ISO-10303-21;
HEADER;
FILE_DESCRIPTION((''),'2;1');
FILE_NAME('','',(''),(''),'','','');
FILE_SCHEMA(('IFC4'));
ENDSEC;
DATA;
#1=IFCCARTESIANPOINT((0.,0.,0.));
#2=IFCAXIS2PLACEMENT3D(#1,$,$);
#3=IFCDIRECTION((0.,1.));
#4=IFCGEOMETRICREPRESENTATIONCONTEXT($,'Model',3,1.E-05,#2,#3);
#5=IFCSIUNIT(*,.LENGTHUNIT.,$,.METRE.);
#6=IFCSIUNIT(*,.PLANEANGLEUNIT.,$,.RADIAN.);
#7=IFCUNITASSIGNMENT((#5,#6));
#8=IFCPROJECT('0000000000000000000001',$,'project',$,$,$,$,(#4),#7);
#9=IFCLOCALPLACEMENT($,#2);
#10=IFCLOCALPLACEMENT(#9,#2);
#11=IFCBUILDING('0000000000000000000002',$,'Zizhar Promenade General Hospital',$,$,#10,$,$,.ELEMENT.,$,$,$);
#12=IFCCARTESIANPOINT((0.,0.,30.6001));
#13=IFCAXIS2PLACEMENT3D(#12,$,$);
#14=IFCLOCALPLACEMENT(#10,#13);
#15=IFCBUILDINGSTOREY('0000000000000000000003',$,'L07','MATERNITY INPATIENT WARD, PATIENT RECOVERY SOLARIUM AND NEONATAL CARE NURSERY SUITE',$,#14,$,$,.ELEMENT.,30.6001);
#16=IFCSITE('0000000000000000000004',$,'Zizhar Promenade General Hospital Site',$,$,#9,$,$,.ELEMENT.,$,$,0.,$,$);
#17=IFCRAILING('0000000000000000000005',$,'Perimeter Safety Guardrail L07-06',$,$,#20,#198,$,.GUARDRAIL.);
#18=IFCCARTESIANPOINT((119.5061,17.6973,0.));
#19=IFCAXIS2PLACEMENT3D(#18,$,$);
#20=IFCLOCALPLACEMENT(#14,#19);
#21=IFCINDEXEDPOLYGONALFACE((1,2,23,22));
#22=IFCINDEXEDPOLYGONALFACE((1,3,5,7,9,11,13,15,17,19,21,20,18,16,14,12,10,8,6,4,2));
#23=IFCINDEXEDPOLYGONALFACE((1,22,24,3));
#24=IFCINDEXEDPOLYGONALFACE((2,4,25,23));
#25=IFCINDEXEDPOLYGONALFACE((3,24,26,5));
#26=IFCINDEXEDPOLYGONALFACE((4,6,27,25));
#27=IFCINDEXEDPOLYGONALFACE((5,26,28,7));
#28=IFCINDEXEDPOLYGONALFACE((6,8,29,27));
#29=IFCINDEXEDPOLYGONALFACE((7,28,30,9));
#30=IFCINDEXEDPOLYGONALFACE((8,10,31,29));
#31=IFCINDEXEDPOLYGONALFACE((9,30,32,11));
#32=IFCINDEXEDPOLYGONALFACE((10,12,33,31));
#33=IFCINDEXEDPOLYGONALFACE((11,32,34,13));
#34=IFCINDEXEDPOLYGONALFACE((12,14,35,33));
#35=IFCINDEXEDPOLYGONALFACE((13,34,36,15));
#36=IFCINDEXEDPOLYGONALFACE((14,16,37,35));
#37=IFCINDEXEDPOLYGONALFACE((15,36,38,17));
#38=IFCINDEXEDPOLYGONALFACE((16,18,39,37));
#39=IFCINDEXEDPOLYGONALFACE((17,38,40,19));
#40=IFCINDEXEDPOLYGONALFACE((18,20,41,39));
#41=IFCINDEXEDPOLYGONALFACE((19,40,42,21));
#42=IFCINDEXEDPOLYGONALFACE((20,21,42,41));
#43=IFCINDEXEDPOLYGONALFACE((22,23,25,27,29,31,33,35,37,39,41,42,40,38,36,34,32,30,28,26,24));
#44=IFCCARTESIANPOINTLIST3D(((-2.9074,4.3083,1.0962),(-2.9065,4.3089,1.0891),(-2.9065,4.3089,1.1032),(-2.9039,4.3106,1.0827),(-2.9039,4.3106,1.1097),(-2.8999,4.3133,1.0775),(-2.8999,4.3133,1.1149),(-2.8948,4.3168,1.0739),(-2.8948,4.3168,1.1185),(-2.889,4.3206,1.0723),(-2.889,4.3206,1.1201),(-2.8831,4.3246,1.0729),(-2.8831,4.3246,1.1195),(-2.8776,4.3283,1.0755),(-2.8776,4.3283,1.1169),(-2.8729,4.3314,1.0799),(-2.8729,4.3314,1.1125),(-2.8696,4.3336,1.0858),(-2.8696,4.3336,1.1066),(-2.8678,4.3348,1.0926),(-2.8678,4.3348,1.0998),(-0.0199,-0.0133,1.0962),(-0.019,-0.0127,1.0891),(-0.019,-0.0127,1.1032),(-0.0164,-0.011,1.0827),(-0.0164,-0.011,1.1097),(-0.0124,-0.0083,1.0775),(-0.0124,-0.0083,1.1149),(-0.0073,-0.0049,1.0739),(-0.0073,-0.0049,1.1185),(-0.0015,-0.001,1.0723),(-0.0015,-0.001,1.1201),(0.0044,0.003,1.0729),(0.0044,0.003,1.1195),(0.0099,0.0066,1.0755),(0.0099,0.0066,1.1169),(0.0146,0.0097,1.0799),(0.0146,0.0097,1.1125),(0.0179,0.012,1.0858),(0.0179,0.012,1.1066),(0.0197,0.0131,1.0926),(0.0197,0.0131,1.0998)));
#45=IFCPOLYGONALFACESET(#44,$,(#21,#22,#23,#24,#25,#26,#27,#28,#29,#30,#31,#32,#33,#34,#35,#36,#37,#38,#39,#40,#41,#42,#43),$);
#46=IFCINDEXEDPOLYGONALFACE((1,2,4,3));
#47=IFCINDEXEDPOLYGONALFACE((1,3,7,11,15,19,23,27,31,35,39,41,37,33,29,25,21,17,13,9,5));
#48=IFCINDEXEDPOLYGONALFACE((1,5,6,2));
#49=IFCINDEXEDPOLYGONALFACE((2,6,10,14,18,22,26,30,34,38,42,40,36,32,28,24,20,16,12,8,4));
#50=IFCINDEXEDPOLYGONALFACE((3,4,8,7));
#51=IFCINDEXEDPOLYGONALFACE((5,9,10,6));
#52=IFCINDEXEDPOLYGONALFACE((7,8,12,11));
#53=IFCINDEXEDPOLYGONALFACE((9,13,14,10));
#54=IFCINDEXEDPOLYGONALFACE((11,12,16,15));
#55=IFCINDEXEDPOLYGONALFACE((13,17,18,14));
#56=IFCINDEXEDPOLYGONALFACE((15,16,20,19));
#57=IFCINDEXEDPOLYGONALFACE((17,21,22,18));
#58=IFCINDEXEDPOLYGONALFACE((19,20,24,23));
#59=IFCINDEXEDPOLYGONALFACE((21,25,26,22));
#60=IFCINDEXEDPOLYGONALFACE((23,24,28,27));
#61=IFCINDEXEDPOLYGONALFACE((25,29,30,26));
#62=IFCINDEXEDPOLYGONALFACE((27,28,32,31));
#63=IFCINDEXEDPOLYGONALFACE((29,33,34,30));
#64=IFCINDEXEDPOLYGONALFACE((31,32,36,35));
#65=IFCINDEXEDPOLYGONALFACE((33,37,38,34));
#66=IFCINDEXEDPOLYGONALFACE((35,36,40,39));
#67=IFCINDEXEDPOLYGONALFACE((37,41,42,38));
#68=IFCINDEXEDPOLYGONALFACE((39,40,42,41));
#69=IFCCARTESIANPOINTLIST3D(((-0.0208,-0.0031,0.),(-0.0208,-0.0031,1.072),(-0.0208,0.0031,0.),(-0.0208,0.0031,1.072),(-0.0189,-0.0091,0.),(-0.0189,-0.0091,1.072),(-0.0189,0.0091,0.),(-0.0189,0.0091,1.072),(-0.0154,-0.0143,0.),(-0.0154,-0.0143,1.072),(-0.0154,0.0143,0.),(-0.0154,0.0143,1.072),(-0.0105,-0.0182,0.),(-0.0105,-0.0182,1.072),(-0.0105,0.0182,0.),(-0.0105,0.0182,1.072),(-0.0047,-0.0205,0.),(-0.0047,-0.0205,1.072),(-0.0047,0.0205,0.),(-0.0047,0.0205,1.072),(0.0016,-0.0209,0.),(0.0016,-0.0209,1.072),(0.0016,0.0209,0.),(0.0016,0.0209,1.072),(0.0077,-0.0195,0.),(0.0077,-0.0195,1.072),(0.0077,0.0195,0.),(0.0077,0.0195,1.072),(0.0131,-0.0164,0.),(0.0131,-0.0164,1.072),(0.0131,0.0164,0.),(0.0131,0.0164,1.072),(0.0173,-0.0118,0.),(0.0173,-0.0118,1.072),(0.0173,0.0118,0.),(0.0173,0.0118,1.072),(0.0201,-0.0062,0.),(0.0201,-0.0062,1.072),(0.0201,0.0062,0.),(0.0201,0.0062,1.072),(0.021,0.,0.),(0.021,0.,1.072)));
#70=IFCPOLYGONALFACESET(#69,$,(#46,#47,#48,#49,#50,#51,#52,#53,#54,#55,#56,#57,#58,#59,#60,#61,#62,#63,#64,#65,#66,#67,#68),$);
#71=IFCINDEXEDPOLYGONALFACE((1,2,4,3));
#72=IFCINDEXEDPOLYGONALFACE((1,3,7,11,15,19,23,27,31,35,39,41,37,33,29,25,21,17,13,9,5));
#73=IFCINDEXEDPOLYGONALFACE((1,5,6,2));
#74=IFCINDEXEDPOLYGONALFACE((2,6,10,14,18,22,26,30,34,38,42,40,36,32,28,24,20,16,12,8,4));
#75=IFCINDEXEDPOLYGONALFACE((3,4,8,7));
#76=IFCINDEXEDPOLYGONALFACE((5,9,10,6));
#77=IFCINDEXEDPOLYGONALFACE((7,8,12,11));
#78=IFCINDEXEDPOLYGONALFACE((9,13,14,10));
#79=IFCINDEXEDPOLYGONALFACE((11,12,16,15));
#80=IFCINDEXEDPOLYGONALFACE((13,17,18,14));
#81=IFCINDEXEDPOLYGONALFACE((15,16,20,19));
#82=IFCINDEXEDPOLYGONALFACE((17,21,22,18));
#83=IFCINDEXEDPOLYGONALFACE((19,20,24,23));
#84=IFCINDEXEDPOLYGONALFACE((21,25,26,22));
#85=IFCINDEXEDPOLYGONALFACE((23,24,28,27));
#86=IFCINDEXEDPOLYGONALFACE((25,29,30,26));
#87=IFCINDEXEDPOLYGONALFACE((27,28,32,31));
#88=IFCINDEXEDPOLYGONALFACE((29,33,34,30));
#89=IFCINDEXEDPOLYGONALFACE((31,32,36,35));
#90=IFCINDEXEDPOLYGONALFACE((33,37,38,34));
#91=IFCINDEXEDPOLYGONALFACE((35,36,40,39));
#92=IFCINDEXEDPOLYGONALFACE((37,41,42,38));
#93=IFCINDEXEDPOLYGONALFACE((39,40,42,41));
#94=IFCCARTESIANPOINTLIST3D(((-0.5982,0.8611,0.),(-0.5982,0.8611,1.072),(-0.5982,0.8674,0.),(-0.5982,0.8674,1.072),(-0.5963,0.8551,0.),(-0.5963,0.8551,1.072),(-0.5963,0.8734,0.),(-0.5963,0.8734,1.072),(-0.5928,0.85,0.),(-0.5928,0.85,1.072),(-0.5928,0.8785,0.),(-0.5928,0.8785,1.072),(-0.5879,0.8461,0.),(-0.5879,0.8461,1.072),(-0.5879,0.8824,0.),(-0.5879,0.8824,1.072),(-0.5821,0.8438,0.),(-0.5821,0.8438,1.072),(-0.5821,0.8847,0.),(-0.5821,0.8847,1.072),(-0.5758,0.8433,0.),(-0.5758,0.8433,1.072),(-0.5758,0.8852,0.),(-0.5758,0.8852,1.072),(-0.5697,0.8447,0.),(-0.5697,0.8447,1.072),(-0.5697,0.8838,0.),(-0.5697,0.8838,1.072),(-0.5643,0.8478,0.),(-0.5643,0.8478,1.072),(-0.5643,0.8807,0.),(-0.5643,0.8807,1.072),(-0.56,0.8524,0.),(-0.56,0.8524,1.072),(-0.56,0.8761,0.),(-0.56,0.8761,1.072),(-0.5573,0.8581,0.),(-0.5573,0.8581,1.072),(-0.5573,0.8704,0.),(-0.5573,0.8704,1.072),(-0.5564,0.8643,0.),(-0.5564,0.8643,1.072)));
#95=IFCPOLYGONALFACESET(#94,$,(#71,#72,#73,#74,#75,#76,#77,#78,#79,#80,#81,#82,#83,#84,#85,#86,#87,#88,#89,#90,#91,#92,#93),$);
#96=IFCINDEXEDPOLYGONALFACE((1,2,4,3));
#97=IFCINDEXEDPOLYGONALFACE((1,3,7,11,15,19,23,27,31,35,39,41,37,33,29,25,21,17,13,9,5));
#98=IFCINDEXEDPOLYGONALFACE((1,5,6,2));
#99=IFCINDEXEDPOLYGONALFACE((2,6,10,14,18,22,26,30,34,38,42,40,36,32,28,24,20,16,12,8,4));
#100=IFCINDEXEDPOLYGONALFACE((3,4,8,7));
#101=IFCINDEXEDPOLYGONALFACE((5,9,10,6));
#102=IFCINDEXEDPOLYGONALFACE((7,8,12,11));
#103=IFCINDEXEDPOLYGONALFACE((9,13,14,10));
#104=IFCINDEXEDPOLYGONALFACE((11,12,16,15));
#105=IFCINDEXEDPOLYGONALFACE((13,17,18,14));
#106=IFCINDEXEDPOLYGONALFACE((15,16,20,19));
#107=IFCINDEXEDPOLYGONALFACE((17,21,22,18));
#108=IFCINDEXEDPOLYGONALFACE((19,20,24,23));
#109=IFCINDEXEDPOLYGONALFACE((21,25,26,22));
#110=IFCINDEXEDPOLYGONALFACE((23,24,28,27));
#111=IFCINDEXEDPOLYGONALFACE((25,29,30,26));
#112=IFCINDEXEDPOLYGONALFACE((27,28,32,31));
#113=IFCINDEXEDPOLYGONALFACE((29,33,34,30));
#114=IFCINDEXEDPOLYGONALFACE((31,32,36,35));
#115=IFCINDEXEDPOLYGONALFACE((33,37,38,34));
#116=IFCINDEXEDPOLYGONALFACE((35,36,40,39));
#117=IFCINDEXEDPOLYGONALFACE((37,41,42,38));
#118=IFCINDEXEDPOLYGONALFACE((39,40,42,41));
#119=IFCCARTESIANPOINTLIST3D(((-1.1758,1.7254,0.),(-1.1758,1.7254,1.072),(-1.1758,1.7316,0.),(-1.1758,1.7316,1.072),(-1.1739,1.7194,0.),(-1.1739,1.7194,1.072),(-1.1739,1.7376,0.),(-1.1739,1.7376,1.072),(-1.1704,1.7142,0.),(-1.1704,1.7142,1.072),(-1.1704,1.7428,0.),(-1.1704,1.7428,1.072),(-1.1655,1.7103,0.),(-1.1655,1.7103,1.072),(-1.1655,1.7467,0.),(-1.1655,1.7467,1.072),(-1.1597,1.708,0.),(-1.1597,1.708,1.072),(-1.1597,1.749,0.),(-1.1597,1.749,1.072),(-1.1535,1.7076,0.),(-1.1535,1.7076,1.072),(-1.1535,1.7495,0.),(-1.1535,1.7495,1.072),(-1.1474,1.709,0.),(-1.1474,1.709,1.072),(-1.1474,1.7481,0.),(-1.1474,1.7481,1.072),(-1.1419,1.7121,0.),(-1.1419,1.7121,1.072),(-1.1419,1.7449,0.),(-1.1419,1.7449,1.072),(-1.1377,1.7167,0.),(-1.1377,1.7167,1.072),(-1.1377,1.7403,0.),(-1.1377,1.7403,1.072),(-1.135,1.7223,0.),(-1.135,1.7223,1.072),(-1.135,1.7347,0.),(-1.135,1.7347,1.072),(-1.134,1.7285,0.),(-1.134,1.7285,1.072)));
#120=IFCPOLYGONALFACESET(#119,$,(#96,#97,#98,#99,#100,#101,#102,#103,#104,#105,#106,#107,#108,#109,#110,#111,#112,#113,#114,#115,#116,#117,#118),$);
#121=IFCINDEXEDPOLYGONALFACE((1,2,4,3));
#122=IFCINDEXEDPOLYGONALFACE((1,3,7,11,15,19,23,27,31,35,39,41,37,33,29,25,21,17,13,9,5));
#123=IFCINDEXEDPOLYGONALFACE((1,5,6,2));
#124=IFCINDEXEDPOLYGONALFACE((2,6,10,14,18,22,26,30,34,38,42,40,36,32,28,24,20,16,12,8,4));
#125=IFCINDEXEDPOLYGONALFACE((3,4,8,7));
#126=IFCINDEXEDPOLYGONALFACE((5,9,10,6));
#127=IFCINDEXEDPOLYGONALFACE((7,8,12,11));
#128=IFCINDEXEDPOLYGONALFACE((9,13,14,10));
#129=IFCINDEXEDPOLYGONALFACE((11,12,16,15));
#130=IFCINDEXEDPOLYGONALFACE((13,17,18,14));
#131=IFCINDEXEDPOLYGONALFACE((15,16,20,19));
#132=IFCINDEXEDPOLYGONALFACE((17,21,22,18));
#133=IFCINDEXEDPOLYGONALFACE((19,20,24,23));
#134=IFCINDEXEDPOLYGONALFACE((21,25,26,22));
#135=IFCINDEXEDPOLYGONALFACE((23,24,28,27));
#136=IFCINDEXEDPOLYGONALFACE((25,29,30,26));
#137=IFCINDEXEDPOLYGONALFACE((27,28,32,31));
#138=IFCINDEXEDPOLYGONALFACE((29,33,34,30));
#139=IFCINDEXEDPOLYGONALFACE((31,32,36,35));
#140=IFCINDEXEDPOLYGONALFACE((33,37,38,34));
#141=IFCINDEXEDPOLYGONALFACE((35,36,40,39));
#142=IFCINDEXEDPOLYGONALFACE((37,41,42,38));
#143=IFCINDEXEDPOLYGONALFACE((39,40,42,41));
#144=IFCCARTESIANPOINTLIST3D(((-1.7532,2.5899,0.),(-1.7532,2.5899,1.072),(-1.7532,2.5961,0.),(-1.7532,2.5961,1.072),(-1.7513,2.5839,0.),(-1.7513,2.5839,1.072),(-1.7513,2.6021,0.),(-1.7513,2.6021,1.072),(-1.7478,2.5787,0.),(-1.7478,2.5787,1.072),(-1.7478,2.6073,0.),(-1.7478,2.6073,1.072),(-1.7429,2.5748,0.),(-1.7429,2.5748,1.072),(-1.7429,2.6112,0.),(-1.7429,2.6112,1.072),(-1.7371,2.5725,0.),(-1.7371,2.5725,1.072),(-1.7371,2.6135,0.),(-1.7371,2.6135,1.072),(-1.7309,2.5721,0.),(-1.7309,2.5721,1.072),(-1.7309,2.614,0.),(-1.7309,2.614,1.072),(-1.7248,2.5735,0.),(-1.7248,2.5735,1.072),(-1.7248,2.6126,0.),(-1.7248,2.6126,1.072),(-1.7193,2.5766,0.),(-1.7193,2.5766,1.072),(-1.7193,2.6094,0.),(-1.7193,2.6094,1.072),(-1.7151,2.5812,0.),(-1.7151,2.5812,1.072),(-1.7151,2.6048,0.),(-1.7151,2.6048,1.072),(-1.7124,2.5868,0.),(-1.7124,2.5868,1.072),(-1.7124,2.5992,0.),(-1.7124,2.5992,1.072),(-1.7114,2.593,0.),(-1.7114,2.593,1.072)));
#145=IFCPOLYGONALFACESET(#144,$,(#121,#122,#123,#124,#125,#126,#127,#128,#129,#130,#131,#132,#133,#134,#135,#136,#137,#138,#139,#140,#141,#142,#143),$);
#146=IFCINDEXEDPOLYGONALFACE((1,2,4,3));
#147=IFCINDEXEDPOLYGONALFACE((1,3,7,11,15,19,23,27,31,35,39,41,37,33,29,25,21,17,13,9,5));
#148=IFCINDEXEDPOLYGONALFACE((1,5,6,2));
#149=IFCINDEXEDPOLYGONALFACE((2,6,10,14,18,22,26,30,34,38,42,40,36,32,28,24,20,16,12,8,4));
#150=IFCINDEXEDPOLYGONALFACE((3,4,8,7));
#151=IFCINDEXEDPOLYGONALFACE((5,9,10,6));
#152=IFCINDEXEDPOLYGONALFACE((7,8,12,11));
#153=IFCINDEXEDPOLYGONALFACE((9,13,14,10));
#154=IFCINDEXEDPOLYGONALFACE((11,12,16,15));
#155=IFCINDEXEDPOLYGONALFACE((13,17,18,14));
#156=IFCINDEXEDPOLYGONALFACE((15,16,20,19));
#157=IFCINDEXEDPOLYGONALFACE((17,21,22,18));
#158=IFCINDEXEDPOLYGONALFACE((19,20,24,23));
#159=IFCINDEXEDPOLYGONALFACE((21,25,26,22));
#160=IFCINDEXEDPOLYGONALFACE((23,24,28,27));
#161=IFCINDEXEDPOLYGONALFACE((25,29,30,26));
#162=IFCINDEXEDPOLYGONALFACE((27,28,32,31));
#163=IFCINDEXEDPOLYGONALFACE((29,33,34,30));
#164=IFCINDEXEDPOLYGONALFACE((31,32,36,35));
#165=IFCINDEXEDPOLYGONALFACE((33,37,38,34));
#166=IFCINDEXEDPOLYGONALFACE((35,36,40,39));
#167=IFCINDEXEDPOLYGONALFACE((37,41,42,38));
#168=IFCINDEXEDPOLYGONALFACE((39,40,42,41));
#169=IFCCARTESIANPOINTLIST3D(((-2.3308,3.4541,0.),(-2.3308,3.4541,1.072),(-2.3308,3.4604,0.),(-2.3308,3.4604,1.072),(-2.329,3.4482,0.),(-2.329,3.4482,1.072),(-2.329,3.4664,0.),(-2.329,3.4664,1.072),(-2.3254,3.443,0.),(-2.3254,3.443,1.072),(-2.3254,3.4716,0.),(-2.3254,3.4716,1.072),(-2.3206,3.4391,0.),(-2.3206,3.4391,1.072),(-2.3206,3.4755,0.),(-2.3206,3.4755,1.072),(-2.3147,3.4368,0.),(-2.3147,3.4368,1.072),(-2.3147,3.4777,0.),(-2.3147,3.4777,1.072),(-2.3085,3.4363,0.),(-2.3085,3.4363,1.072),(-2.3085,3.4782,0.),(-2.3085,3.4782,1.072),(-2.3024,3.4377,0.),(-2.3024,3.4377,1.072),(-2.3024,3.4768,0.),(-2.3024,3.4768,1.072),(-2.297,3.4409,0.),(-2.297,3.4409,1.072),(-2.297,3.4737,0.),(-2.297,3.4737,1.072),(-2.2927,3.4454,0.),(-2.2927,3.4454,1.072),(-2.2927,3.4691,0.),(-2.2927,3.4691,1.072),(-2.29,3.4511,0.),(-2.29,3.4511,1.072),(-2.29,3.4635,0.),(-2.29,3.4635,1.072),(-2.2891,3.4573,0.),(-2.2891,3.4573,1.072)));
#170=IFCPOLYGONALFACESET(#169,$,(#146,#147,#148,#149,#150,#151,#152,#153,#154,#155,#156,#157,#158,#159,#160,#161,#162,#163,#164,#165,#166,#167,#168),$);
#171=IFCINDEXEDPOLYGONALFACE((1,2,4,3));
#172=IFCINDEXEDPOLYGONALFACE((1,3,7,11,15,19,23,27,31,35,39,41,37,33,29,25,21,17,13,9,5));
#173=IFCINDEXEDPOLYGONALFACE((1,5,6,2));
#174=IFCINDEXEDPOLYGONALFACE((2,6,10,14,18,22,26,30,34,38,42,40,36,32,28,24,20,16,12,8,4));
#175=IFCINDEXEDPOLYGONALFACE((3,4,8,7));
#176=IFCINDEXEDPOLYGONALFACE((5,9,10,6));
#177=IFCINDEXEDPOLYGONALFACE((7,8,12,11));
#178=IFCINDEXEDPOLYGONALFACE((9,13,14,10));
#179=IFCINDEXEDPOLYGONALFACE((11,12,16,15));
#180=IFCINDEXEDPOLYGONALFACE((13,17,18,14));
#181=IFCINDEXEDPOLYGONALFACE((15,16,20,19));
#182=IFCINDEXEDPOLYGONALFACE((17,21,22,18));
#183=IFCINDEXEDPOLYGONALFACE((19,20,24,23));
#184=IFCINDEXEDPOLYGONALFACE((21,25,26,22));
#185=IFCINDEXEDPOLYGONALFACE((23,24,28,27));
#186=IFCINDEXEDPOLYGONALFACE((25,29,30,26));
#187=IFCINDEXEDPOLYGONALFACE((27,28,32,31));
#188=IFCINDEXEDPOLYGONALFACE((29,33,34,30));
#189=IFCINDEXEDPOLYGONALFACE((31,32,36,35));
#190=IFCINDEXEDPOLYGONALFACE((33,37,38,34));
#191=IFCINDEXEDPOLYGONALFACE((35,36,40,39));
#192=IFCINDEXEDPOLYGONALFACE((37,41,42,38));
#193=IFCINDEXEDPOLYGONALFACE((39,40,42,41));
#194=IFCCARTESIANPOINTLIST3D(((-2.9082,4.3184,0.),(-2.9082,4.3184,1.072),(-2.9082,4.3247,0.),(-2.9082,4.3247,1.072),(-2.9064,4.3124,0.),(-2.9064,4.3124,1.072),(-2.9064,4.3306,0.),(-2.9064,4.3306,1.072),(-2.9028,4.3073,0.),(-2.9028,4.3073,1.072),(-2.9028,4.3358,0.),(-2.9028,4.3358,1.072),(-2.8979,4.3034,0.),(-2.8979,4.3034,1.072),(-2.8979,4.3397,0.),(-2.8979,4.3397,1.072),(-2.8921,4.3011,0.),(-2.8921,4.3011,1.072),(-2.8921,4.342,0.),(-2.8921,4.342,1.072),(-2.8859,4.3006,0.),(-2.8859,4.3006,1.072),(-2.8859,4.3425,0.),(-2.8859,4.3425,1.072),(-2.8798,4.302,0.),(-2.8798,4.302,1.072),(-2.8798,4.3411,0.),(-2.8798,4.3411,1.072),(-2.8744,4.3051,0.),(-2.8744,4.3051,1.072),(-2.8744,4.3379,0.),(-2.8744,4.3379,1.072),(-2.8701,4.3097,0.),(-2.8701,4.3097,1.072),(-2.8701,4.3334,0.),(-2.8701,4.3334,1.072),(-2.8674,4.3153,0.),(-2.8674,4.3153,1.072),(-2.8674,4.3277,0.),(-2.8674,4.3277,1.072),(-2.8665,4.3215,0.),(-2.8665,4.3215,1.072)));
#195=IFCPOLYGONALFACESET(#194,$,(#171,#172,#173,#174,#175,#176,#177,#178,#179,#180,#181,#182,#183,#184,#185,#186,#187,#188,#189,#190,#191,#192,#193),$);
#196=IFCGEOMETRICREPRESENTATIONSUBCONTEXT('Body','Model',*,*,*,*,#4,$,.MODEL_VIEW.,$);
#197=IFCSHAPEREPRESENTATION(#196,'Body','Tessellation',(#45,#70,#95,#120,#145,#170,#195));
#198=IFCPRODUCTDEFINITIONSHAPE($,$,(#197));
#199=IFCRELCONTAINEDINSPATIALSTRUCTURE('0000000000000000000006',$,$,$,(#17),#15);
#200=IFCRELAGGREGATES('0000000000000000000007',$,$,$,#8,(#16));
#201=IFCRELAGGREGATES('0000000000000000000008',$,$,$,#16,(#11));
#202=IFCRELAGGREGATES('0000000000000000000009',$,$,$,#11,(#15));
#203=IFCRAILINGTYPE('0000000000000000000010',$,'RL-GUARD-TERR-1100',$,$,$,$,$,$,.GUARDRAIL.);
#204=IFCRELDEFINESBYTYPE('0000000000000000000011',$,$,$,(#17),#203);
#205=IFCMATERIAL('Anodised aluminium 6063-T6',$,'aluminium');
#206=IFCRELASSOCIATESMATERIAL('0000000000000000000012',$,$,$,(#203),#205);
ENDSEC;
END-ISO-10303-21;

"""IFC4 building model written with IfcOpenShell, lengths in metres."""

from ifc_helpers import new_model, si_unit, direction, frame, origin, origin_2d, place, context, subcontext, project, spatial, circle, hollow_circle, extrude, material, material_profile, profile_set, type_object, element, save


model = new_model("IFC4")

# Units and contexts
model_context = context("Model", 3, precision=1e-05, world=origin(), true_north=direction((0.0, 1.0)))
body_context = subcontext(model_context, "Body", "Model", "MODEL_VIEW")
ifc_project = project(units=[si_unit("LENGTHUNIT", "METRE"), si_unit("PLANEANGLEUNIT", "RADIAN")], contexts=[model_context])

# Site, building, storey
site_placement = place(None, origin())
site = spatial("IfcSite", under=ifc_project, at=site_placement, Name="Zizhar Promenade General Hospital Site", CompositionType="ELEMENT", RefElevation=0.0)
building_placement = place(site_placement, origin())
building = spatial("IfcBuilding", under=site, at=building_placement, Name="Zizhar Promenade General Hospital", CompositionType="ELEMENT")
storey_placement = place(building_placement, frame((0.0, 0.0, 30.6001)))
storey = spatial("IfcBuildingStorey", under=building, at=storey_placement, Name="L07", Description="MATERNITY INPATIENT WARD, PATIENT RECOVERY SOLARIUM AND NEONATAL CARE NURSERY SUITE", CompositionType="ELEMENT", Elevation=30.6001)

# Railing
ifc_material_1 = material(Name="Anodised aluminium 6063-T6", Category="aluminium")
ifc_material_profile_1 = material_profile(ifc_material_1, hollow_circle(Radius=0.0698, WallThickness=0.0063, at=origin_2d()))
ifc_profile_set_1 = profile_set([ifc_material_profile_1], Name="Anodised aluminium 6063-T6")
railing_type = type_object("IfcRailingType", Name="RL-GUARD-TERR-1100", PredefinedType="GUARDRAIL", material=ifc_profile_set_1)
railing_1_placement = place(storey_placement, frame((119.5061, 17.6973, 0.0)))
element("IfcRailing", 1, at=railing_1_placement, inside=storey, type_object=railing_type, Name="Perimeter Safety Guardrail L07-06", PredefinedType="GUARDRAIL", context=body_context, shape_type="SweptSolid", body=[
    extrude(circle(Radius=0.0239, at=origin_2d()), frame((0.0, 0.0, 1.0962), z_axis=(-0.555556, 0.831479, 0.0), x_axis=(-0.831479, -0.555556, 0.0)), (0.0, 0.0, 1.0), 5.1975),
    extrude(circle(Radius=0.021, at=origin_2d()), origin(), (0.0, 0.0, 1.0), 1.072),
    extrude(circle(Radius=0.021, at=origin_2d()), frame((-0.5774, 0.8643, 0.0)), (0.0, 0.0, 1.0), 1.072),
    extrude(circle(Radius=0.021, at=origin_2d()), frame((-1.155, 1.7285, 0.0)), (0.0, 0.0, 1.0), 1.072),
    extrude(circle(Radius=0.021, at=origin_2d()), frame((-1.7324, 2.593, 0.0)), (0.0, 0.0, 1.0), 1.072),
    extrude(circle(Radius=0.021, at=origin_2d()), frame((-2.3101, 3.4573, 0.0)), (0.0, 0.0, 1.0), 1.072),
    extrude(circle(Radius=0.021, at=origin_2d()), frame((-2.8875, 4.3215, 0.0)), (0.0, 0.0, 1.0), 1.072),
])

save(model, "model.ifc")
